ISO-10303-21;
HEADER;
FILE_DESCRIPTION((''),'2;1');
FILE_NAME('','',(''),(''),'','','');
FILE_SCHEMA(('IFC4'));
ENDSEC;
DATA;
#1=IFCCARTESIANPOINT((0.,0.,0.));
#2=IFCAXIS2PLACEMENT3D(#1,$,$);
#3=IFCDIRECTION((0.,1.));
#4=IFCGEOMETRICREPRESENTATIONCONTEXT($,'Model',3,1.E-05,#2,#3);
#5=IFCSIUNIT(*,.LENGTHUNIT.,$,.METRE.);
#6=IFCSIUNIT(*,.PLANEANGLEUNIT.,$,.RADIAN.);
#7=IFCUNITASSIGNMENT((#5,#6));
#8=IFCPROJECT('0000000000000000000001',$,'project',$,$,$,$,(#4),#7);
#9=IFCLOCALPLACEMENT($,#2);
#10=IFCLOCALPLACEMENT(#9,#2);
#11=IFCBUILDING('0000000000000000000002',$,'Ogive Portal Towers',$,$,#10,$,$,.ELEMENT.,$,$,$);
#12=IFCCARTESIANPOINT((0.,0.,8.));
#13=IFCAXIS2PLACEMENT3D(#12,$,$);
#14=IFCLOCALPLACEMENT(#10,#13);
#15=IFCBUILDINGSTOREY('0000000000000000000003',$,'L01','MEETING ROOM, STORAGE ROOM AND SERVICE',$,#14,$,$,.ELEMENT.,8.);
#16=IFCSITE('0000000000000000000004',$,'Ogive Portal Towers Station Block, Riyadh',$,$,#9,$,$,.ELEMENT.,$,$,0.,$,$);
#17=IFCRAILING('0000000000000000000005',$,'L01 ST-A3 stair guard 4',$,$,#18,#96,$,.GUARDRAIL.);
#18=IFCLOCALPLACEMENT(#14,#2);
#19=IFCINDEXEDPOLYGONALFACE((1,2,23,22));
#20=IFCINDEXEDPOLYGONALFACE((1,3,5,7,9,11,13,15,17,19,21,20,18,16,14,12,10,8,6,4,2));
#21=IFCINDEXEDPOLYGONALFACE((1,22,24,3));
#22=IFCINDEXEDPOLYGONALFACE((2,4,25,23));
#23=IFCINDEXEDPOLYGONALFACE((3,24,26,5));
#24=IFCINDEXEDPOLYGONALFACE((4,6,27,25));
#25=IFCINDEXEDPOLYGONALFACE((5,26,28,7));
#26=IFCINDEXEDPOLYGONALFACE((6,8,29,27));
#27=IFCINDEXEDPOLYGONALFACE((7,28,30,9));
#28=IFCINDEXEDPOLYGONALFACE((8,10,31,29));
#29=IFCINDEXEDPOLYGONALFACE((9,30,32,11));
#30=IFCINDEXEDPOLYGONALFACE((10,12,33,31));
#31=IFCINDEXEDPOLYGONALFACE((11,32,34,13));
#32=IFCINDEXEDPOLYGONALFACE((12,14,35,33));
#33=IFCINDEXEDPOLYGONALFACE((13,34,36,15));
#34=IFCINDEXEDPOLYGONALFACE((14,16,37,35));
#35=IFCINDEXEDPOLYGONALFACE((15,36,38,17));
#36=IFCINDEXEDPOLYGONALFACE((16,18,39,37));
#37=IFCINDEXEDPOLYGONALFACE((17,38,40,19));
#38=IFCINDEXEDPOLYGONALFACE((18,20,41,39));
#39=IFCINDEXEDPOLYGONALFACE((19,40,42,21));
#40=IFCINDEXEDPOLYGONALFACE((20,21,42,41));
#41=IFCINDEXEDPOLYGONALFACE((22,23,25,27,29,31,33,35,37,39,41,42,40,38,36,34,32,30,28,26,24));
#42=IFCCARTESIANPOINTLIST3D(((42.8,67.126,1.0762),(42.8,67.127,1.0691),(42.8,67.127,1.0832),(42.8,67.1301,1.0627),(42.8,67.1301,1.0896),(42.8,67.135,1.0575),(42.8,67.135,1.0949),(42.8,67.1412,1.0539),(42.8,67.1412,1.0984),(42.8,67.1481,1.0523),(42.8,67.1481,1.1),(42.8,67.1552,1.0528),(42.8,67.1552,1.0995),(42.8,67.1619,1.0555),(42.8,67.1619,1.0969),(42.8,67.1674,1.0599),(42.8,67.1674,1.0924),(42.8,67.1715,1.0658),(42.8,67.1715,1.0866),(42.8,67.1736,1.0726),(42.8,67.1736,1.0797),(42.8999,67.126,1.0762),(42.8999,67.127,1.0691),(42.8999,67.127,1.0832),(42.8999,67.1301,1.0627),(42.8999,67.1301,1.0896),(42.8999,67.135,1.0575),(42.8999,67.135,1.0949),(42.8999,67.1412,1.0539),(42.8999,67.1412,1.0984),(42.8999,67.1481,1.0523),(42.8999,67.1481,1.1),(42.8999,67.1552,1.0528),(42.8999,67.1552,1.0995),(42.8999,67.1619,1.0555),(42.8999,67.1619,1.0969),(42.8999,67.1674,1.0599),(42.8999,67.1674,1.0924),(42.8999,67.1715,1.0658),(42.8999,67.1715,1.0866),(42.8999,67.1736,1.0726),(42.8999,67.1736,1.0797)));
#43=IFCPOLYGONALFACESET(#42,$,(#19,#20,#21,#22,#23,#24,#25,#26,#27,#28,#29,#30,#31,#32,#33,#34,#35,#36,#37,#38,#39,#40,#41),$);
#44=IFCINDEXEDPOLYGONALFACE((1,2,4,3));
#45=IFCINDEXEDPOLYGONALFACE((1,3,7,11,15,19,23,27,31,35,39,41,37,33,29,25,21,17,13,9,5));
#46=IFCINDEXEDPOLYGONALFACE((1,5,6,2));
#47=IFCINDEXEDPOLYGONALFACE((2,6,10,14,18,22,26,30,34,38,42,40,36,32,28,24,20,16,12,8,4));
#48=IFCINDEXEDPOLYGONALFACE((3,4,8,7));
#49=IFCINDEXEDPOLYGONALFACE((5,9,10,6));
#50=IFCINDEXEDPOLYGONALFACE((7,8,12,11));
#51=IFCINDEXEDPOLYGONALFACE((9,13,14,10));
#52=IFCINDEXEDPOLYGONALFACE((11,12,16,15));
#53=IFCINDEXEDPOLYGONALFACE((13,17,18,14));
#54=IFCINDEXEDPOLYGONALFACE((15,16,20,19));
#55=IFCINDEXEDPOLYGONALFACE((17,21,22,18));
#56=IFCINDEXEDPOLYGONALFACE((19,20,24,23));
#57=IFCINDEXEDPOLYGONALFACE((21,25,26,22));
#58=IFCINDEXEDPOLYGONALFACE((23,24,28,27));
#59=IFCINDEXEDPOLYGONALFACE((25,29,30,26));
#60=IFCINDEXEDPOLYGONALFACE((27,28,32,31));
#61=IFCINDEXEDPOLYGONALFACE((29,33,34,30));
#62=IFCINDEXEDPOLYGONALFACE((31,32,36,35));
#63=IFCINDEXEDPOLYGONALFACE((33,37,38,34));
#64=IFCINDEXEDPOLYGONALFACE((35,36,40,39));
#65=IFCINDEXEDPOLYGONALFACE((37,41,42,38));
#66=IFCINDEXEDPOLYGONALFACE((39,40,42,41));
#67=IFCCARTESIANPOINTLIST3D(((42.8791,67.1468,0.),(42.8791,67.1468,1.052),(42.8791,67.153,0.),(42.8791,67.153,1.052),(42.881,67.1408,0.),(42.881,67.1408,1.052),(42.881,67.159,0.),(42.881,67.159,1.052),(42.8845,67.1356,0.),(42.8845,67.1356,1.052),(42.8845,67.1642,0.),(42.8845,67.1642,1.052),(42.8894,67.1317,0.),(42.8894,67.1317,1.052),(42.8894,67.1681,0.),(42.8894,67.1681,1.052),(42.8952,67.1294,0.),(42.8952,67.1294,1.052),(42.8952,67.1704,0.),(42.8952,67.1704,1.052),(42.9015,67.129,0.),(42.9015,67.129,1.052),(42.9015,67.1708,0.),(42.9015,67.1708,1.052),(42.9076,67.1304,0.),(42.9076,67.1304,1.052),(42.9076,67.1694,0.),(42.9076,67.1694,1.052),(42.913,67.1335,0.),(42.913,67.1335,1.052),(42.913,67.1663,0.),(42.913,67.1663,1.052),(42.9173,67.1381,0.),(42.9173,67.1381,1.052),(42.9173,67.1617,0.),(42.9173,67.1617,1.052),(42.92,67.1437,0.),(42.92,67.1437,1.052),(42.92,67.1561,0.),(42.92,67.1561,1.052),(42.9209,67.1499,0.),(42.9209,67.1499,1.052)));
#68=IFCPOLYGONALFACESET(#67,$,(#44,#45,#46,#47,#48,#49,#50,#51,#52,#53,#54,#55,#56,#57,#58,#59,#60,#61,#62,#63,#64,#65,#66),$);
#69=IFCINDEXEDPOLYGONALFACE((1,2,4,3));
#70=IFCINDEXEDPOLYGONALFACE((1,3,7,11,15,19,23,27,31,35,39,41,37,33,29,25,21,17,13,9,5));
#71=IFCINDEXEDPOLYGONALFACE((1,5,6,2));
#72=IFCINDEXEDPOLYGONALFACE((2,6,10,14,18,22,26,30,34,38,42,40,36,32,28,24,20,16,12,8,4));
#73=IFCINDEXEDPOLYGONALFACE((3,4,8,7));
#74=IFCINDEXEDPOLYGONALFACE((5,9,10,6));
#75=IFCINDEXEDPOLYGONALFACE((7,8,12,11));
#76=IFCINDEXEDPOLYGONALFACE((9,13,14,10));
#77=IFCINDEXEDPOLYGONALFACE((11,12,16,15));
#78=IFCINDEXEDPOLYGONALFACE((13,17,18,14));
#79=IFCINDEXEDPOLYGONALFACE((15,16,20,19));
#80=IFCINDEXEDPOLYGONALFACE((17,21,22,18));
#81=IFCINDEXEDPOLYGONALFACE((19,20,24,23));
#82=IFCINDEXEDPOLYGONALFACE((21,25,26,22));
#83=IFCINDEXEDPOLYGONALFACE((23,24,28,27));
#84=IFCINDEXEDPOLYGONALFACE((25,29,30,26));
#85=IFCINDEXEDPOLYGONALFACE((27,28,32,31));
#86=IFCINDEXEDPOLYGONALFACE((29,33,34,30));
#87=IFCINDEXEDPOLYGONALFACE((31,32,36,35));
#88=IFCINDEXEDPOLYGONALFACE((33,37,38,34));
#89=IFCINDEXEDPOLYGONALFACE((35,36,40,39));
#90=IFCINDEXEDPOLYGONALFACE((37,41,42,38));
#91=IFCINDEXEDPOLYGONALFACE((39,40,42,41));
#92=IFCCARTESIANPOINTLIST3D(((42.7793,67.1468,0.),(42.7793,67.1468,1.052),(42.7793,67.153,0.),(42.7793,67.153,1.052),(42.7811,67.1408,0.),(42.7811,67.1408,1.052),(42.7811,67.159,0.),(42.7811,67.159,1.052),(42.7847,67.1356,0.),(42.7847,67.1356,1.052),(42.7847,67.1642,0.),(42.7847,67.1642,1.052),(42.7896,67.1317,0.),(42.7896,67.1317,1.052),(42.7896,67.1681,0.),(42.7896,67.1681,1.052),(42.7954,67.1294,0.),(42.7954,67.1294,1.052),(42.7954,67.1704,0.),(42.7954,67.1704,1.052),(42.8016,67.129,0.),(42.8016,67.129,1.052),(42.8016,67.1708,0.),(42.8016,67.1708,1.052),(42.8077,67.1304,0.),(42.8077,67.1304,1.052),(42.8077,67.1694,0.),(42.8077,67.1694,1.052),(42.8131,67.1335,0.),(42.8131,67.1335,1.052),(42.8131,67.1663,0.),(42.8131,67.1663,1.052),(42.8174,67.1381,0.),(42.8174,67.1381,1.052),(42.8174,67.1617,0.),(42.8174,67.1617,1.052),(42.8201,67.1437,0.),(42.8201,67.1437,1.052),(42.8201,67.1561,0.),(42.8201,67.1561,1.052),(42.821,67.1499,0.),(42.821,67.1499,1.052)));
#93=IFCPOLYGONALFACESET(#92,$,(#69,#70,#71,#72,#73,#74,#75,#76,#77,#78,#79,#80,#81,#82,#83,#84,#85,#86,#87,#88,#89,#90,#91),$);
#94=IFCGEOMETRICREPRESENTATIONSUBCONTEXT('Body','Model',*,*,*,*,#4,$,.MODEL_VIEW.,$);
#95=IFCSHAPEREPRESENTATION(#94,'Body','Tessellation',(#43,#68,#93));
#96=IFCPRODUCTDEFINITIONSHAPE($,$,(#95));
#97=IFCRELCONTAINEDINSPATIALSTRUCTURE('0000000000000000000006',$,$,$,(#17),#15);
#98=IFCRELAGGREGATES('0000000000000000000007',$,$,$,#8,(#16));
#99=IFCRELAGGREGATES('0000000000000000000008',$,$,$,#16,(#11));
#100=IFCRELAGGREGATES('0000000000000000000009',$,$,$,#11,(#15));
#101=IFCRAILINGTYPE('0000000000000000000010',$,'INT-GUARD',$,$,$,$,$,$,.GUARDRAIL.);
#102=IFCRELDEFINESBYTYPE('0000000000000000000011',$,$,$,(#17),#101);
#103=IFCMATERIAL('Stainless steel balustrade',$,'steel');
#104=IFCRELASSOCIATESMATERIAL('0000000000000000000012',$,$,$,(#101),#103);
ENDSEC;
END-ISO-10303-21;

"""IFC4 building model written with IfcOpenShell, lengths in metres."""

from ifc_helpers import new_model, si_unit, direction, frame, origin, origin_2d, place, context, subcontext, project, spatial, circle, extrude, material, type_object, element, save


model = new_model("IFC4")

# Units and contexts
model_context = context("Model", 3, precision=1e-05, world=origin(), true_north=direction((0.0, 1.0)))
body_context = subcontext(model_context, "Body", "Model", "MODEL_VIEW")
ifc_project = project(units=[si_unit("LENGTHUNIT", "METRE"), si_unit("PLANEANGLEUNIT", "RADIAN")], contexts=[model_context])

# Site, building, storey
site_placement = place(None, origin())
site = spatial("IfcSite", under=ifc_project, at=site_placement, Name="Ogive Portal Towers Station Block, Riyadh", CompositionType="ELEMENT", RefElevation=0.0)
building_placement = place(site_placement, origin())
building = spatial("IfcBuilding", under=site, at=building_placement, Name="Ogive Portal Towers", CompositionType="ELEMENT")
storey_placement = place(building_placement, frame((0.0, 0.0, 8.0)))
storey = spatial("IfcBuildingStorey", under=building, at=storey_placement, Name="L01", Description="MEETING ROOM, STORAGE ROOM AND SERVICE", CompositionType="ELEMENT", Elevation=8.0)

# Railing
ifc_material_1 = material(Name="Stainless steel balustrade", Category="steel")
railing_type_1 = type_object("IfcRailingType", Name="INT-GUARD", PredefinedType="GUARDRAIL", material=ifc_material_1)
railing_1_placement = place(storey_placement, frame((42.8999, 67.1499, 0.0)))
element("IfcRailing", 1, at=railing_1_placement, inside=storey, type_object=railing_type_1, Name="L01 ST-A3 stair guard 4", PredefinedType="GUARDRAIL", context=body_context, shape_type="SweptSolid", body=[
    extrude(circle(Radius=0.0239, at=origin_2d()), frame((0.0, 0.0, 1.0762), z_axis=(-1.0, 0.0, 0.0), x_axis=(0.0, -1.0, 0.0)), (0.0, 0.0, 1.0), 0.0999),
    extrude(circle(Radius=0.021, at=origin_2d()), origin(), (0.0, 0.0, 1.0), 1.052),
    extrude(circle(Radius=0.021, at=origin_2d()), frame((-0.0999, 0.0, 0.0)), (0.0, 0.0, 1.0), 1.052),
])

save(model, "model.ifc")
